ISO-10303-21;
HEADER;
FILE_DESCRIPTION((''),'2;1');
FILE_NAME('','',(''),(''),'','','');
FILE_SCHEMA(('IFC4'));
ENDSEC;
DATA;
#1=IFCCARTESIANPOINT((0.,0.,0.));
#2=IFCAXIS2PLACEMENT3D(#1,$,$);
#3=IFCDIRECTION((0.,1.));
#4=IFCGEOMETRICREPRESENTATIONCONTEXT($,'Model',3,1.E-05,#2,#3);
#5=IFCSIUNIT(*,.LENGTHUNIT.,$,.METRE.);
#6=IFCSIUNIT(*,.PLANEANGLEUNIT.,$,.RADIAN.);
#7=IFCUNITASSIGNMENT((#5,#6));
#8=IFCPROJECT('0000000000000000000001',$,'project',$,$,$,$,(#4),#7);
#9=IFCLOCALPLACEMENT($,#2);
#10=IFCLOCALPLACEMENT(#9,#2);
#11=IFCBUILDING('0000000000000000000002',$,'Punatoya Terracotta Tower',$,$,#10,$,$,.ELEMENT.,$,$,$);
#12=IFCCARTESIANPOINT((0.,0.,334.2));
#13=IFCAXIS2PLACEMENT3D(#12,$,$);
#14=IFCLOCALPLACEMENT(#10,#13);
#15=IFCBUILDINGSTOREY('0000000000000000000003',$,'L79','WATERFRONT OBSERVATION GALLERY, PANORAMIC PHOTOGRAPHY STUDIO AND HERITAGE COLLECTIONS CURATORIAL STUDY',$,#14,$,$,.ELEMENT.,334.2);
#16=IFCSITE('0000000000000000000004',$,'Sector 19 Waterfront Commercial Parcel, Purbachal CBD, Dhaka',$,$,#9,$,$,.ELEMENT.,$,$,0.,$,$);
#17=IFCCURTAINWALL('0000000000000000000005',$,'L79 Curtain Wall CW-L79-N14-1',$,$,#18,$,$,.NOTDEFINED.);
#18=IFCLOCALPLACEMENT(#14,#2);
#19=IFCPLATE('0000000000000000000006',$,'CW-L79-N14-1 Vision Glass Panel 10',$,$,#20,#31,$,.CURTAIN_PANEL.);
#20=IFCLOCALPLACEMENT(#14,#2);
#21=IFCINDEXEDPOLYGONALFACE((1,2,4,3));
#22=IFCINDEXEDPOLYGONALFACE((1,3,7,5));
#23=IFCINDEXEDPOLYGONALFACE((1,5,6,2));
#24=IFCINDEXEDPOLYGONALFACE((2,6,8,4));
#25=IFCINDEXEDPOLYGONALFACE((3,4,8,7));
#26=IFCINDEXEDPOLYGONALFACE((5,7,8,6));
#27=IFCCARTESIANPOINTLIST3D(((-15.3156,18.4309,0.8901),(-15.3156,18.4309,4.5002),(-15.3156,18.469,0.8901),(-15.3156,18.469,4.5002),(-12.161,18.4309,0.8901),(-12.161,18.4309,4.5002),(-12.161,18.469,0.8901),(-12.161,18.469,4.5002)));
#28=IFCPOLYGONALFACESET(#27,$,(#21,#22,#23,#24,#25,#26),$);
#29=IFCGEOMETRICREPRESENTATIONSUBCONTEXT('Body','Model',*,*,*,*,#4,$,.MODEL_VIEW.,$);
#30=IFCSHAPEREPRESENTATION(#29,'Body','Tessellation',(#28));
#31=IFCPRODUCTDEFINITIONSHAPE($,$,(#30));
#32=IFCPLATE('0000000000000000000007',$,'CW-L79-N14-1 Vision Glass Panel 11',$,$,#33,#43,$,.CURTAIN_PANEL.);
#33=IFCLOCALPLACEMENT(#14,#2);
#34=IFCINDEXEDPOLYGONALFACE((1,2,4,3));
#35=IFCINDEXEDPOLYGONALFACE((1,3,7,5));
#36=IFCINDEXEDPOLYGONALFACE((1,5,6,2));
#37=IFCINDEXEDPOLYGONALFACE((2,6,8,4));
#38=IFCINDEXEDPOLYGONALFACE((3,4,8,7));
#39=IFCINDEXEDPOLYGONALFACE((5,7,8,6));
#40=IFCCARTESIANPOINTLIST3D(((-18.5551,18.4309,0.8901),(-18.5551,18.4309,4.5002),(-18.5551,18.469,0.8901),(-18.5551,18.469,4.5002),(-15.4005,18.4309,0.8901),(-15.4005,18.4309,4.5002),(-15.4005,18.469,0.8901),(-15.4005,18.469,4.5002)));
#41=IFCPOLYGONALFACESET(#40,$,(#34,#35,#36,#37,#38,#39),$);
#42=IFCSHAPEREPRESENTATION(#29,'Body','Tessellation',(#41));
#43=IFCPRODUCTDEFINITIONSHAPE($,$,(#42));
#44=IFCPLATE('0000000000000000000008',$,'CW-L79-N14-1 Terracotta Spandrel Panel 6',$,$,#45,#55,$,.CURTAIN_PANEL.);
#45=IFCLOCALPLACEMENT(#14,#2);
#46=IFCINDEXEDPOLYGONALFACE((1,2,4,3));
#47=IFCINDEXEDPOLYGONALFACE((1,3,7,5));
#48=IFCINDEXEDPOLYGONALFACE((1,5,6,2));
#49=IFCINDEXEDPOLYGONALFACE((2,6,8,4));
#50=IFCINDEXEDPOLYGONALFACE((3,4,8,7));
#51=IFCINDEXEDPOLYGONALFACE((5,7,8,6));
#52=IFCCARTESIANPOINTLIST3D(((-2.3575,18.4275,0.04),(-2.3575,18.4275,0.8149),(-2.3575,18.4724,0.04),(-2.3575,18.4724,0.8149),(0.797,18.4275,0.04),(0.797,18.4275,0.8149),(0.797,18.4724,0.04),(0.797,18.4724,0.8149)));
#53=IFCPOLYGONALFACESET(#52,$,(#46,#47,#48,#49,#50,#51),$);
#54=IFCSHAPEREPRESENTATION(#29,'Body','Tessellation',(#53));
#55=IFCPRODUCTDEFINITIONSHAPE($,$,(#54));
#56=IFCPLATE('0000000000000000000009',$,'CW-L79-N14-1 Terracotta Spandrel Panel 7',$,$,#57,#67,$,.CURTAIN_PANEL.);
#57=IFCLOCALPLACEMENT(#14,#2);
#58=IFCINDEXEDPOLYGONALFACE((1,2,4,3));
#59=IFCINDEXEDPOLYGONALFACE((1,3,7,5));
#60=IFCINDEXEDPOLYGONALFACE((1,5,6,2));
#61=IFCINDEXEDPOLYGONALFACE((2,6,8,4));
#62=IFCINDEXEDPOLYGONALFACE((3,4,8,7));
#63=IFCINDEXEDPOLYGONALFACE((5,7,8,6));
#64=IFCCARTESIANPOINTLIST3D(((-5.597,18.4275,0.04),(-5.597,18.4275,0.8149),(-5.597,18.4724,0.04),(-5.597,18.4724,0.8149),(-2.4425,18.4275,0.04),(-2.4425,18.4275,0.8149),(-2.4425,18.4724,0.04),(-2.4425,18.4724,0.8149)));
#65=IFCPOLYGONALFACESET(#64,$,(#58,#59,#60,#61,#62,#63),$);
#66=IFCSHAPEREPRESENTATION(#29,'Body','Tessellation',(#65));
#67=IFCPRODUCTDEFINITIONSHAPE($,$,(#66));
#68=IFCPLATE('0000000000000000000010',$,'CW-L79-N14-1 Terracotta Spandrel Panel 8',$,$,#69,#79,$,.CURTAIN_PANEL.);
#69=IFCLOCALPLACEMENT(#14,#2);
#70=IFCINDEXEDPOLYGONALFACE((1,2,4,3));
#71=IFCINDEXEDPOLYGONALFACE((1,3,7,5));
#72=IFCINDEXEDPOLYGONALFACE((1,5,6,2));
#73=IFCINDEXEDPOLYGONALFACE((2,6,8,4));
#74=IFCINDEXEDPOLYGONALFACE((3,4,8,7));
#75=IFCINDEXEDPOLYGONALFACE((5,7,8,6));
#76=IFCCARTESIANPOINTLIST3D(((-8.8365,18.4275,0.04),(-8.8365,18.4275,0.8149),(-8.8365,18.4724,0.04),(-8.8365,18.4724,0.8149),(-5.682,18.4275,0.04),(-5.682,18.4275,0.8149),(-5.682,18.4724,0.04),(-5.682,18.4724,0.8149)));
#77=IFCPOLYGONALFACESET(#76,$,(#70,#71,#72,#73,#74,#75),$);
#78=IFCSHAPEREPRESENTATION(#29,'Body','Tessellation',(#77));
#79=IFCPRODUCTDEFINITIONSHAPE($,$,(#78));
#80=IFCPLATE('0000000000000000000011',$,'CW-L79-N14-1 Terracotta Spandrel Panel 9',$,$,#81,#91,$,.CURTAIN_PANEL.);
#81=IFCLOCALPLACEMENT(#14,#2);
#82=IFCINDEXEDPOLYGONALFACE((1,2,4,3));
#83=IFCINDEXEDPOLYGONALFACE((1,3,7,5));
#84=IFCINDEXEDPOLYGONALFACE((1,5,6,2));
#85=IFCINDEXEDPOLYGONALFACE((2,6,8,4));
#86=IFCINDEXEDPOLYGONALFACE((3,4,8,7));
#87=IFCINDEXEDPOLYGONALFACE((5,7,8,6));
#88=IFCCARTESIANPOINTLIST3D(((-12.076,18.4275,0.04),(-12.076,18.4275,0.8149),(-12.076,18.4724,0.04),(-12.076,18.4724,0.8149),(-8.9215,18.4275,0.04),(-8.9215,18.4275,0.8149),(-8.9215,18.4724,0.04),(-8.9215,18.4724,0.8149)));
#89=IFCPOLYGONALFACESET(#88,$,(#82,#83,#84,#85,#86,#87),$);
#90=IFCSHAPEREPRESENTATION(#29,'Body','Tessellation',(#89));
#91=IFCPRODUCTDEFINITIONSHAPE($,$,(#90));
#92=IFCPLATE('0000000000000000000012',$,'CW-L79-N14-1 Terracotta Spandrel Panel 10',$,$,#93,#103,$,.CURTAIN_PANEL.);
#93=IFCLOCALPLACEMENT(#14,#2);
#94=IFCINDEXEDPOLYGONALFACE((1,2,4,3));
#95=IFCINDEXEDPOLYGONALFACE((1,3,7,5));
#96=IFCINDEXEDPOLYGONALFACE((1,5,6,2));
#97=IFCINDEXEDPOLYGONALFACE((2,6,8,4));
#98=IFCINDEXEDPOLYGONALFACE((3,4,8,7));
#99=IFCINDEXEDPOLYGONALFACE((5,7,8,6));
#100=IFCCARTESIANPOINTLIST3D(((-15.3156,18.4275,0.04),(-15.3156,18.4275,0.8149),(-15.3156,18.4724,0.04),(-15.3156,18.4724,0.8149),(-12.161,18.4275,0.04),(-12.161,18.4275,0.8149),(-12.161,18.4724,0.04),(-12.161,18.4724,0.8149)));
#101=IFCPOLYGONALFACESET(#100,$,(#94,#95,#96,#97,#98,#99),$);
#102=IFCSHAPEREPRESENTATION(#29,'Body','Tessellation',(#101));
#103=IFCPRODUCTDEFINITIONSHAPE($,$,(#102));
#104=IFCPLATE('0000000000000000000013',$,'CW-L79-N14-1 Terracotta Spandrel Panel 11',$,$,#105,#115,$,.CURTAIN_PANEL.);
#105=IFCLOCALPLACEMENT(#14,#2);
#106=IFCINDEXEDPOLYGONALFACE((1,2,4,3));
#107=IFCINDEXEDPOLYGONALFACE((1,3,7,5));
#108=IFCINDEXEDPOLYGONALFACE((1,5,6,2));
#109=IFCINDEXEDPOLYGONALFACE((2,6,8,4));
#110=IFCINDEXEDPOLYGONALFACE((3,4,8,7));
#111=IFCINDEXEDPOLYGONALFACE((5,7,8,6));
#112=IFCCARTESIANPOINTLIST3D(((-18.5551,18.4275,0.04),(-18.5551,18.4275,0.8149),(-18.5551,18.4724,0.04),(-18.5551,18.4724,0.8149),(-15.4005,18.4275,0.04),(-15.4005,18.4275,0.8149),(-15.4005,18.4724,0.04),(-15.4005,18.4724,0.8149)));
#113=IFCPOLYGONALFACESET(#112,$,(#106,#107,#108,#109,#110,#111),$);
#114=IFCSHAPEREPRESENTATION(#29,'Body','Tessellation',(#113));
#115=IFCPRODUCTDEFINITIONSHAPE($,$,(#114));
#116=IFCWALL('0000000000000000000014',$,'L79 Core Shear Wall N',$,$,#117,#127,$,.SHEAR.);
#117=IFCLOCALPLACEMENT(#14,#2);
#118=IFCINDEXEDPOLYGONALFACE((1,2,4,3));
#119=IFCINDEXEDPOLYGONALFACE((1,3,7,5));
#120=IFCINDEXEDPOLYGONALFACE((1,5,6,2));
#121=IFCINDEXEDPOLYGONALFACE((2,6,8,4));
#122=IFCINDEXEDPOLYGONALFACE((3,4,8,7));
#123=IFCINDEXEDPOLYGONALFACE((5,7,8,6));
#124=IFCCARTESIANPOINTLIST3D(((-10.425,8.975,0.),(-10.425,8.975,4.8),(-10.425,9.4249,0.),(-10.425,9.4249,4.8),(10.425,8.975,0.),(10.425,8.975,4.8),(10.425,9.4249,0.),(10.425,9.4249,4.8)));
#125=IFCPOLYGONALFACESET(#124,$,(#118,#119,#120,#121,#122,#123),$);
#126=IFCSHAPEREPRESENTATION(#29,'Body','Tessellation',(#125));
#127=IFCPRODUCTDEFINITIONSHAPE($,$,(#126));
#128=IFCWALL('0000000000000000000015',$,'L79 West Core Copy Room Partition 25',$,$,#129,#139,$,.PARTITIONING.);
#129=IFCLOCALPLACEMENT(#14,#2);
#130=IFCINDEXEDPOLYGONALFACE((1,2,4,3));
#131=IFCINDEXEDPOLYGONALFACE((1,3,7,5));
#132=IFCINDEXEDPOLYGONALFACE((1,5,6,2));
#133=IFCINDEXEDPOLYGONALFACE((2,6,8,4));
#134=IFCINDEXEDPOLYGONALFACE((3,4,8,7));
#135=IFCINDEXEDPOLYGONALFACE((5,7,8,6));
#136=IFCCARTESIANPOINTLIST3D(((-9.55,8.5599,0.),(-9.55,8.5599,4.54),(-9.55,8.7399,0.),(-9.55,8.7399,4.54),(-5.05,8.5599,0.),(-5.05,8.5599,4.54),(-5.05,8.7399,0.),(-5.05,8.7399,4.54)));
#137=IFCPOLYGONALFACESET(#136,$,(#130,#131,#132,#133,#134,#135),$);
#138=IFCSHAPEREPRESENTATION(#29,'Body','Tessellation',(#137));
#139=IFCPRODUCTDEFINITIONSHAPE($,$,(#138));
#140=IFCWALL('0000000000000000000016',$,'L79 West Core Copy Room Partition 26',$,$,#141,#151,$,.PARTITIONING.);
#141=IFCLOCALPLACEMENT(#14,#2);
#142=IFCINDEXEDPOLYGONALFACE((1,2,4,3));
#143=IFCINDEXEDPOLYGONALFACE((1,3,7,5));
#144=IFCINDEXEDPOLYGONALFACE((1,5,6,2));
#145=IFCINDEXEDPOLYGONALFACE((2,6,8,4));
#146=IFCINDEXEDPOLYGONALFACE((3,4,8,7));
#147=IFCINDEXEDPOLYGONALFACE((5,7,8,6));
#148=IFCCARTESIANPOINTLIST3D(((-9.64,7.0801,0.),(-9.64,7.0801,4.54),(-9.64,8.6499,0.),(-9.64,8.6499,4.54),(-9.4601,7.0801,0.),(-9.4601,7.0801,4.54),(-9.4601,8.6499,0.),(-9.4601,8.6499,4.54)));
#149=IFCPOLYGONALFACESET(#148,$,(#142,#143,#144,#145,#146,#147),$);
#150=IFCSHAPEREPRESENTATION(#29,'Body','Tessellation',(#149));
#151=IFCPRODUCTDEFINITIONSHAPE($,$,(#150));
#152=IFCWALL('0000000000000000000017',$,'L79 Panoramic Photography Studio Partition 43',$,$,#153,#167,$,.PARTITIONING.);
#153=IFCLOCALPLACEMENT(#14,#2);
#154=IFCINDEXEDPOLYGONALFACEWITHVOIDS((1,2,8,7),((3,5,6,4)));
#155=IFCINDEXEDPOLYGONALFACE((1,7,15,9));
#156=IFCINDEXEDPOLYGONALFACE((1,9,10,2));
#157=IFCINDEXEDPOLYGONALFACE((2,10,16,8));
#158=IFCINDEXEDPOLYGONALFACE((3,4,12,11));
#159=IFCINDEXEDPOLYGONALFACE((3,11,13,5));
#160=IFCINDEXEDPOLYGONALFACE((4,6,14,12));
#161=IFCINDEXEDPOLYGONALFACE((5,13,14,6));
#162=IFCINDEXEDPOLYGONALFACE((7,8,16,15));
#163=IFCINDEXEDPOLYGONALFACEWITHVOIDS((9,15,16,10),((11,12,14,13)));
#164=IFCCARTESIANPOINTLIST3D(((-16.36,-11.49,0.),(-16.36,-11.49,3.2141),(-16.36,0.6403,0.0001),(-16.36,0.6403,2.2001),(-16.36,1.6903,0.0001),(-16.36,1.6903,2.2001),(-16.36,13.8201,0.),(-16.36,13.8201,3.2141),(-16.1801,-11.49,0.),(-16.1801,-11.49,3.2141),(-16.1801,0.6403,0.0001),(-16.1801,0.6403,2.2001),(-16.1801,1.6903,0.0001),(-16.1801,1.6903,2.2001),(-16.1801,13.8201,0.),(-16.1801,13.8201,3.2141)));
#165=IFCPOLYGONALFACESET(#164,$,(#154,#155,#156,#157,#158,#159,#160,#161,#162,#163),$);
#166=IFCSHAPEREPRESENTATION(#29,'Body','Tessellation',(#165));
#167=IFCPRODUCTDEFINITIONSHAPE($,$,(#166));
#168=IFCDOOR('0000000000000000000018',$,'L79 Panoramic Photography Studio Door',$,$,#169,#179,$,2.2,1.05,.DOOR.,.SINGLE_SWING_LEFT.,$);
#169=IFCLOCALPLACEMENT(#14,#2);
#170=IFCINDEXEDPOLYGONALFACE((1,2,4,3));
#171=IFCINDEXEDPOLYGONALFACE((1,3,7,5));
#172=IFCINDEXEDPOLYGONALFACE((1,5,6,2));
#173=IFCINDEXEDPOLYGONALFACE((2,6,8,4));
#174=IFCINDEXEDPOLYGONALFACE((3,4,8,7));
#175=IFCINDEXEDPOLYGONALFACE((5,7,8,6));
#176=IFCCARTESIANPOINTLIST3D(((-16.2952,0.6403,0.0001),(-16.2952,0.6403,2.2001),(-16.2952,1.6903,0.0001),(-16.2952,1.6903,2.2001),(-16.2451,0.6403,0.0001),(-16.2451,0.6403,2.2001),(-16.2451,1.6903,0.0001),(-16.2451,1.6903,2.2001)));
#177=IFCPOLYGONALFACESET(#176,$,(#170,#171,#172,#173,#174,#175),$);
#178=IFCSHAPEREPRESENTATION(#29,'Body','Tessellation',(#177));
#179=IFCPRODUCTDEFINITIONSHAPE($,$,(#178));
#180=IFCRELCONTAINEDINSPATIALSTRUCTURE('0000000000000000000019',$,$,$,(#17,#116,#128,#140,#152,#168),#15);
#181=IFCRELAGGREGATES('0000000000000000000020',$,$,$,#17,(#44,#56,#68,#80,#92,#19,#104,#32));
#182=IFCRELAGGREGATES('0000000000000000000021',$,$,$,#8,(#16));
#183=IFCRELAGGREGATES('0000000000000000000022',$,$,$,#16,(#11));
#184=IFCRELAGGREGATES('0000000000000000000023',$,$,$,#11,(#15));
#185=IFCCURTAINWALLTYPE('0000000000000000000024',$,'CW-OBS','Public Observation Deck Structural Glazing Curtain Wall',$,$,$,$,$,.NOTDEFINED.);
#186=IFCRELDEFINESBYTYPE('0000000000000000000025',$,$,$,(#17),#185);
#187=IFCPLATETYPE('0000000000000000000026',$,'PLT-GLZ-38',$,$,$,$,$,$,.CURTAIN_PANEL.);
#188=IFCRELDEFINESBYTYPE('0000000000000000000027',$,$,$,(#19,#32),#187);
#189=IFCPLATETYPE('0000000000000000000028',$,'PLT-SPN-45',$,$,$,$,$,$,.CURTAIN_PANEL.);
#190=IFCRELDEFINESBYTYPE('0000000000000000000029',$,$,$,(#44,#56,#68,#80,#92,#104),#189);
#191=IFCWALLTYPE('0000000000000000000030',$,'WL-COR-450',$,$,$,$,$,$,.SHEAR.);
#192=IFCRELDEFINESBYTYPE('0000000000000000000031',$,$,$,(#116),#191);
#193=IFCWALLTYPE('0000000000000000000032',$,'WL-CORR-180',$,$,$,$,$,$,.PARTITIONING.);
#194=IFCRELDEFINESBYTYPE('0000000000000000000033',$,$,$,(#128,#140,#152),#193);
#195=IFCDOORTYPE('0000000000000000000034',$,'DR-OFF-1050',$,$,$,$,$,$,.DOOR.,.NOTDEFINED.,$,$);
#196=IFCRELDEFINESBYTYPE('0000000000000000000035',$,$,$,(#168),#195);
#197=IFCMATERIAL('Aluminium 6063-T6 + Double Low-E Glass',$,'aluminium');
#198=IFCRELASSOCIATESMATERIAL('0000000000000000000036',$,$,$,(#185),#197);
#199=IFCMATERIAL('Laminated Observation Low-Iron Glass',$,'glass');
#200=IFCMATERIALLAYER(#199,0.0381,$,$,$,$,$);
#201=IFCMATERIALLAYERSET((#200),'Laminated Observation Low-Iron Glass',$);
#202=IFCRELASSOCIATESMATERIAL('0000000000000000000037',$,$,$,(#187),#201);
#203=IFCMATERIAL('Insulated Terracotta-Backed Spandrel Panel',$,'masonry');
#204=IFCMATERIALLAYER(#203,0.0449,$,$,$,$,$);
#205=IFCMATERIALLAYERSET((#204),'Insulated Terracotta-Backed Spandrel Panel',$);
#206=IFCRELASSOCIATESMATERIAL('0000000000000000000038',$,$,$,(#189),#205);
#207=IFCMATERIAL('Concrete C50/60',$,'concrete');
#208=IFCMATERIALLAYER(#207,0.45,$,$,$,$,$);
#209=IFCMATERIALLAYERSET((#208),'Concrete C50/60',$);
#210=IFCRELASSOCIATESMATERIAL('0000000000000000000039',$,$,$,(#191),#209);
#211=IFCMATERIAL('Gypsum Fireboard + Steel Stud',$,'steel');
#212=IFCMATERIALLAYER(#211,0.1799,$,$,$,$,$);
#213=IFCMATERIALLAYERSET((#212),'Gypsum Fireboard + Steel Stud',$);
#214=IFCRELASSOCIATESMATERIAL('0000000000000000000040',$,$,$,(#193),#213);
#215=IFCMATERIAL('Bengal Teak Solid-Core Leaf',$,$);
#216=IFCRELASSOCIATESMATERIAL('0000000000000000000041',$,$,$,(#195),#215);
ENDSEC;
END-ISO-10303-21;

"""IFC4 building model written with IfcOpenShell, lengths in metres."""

from ifc_helpers import new_model, si_unit, direction, frame, frame_2d, origin, origin_2d, place, context, subcontext, project, spatial, rectangle, extrude, material, layer, layer_set, type_object, element, fill, aggregate, save


model = new_model("IFC4")

# Units and contexts
model_context = context("Model", 3, precision=1e-05, world=origin(), true_north=direction((0.0, 1.0)))
body_context = subcontext(model_context, "Body", "Model", "MODEL_VIEW")
ifc_project = project(units=[si_unit("LENGTHUNIT", "METRE"), si_unit("PLANEANGLEUNIT", "RADIAN")], contexts=[model_context])

# Site, building, storey
site_placement = place(None, origin())
site = spatial("IfcSite", under=ifc_project, at=site_placement, Name="Sector 19 Waterfront Commercial Parcel, Purbachal CBD, Dhaka", CompositionType="ELEMENT", RefElevation=0.0)
building_placement = place(site_placement, origin())
building = spatial("IfcBuilding", under=site, at=building_placement, Name="Punatoya Terracotta Tower", CompositionType="ELEMENT")
storey_placement = place(building_placement, frame((0.0, 0.0, 334.2)))
storey = spatial("IfcBuildingStorey", under=building, at=storey_placement, Name="L79", Description="WATERFRONT OBSERVATION GALLERY, PANORAMIC PHOTOGRAPHY STUDIO AND HERITAGE COLLECTIONS CURATORIAL STUDY", CompositionType="ELEMENT", Elevation=334.2)

# Curtain wall, plates
ifc_material_1 = material(Name="Aluminium 6063-T6 + Double Low-E Glass", Category="aluminium")
curtain_wall_type = type_object("IfcCurtainWallType", Name="CW-OBS", Description="Public Observation Deck Structural Glazing Curtain Wall", PredefinedType="NOTDEFINED", material=ifc_material_1)
curtain_wall_placement = place(storey_placement, origin())
curtain_wall = element("IfcCurtainWall", 1, at=curtain_wall_placement, inside=storey, type_object=curtain_wall_type, Name="L79 Curtain Wall CW-L79-N14-1", PredefinedType="NOTDEFINED")
ifc_material_2 = material(Name="Laminated Observation Low-Iron Glass", Category="glass")
ifc_layer_1 = layer(ifc_material_2, 0.0381)
ifc_layer_set_1 = layer_set([ifc_layer_1], Name="Laminated Observation Low-Iron Glass")
plate_type_1 = type_object("IfcPlateType", Name="PLT-GLZ-38", PredefinedType="CURTAIN_PANEL", material=ifc_layer_set_1)
plate_1_placement = place(storey_placement, frame((-13.7383, 18.45, 0.8901), z_axis=(0.0, 0.0, 1.0), x_axis=(-1.0, 0.0, 0.0)))
plate_1 = element("IfcPlate", 2, at=plate_1_placement, type_object=plate_type_1, Name="CW-L79-N14-1 Vision Glass Panel 10", PredefinedType="CURTAIN_PANEL", context=body_context, shape_type="SweptSolid", body=[
    extrude(rectangle(XDim=3.1545, YDim=0.0381, at=origin_2d()), origin(), (0.0, 0.0, 1.0), 3.6101),
])
plate_2_placement = place(storey_placement, frame((-16.9778, 18.45, 0.8901), z_axis=(0.0, 0.0, 1.0), x_axis=(-1.0, 0.0, 0.0)))
plate_2 = element("IfcPlate", 3, at=plate_2_placement, type_object=plate_type_1, Name="CW-L79-N14-1 Vision Glass Panel 11", PredefinedType="CURTAIN_PANEL", context=body_context, shape_type="SweptSolid", body=[
    extrude(rectangle(XDim=3.1545, YDim=0.0381, at=origin_2d()), origin(), (0.0, 0.0, 1.0), 3.6101),
])
ifc_material_3 = material(Name="Insulated Terracotta-Backed Spandrel Panel", Category="masonry")
ifc_layer_2 = layer(ifc_material_3, 0.0449)
ifc_layer_set_2 = layer_set([ifc_layer_2], Name="Insulated Terracotta-Backed Spandrel Panel")
plate_type_2 = type_object("IfcPlateType", Name="PLT-SPN-45", PredefinedType="CURTAIN_PANEL", material=ifc_layer_set_2)
plate_3_placement = place(storey_placement, frame((-0.7803, 18.45, 0.04), z_axis=(0.0, 0.0, 1.0), x_axis=(-1.0, 0.0, 0.0)))
plate_3 = element("IfcPlate", 4, at=plate_3_placement, type_object=plate_type_2, Name="CW-L79-N14-1 Terracotta Spandrel Panel 6", PredefinedType="CURTAIN_PANEL", context=body_context, shape_type="SweptSolid", body=[
    extrude(rectangle(XDim=3.1545, YDim=0.0449, at=origin_2d()), origin(), (0.0, 0.0, 1.0), 0.7749),
])
plate_4_placement = place(storey_placement, frame((-4.0198, 18.45, 0.04), z_axis=(0.0, 0.0, 1.0), x_axis=(-1.0, 0.0, 0.0)))
plate_4 = element("IfcPlate", 5, at=plate_4_placement, type_object=plate_type_2, Name="CW-L79-N14-1 Terracotta Spandrel Panel 7", PredefinedType="CURTAIN_PANEL", context=body_context, shape_type="SweptSolid", body=[
    extrude(rectangle(XDim=3.1545, YDim=0.0449, at=origin_2d()), origin(), (0.0, 0.0, 1.0), 0.7749),
])
plate_5_placement = place(storey_placement, frame((-7.2593, 18.45, 0.04), z_axis=(0.0, 0.0, 1.0), x_axis=(-1.0, 0.0, 0.0)))
plate_5 = element("IfcPlate", 6, at=plate_5_placement, type_object=plate_type_2, Name="CW-L79-N14-1 Terracotta Spandrel Panel 8", PredefinedType="CURTAIN_PANEL", context=body_context, shape_type="SweptSolid", body=[
    extrude(rectangle(XDim=3.1545, YDim=0.0449, at=origin_2d()), origin(), (0.0, 0.0, 1.0), 0.7749),
])
plate_6_placement = place(storey_placement, frame((-10.4988, 18.45, 0.04), z_axis=(0.0, 0.0, 1.0), x_axis=(-1.0, 0.0, 0.0)))
plate_6 = element("IfcPlate", 7, at=plate_6_placement, type_object=plate_type_2, Name="CW-L79-N14-1 Terracotta Spandrel Panel 9", PredefinedType="CURTAIN_PANEL", context=body_context, shape_type="SweptSolid", body=[
    extrude(rectangle(XDim=3.1545, YDim=0.0449, at=origin_2d()), origin(), (0.0, 0.0, 1.0), 0.7749),
])
plate_7_placement = place(storey_placement, frame((-13.7383, 18.45, 0.04), z_axis=(0.0, 0.0, 1.0), x_axis=(-1.0, 0.0, 0.0)))
plate_7 = element("IfcPlate", 8, at=plate_7_placement, type_object=plate_type_2, Name="CW-L79-N14-1 Terracotta Spandrel Panel 10", PredefinedType="CURTAIN_PANEL", context=body_context, shape_type="SweptSolid", body=[
    extrude(rectangle(XDim=3.1545, YDim=0.0449, at=origin_2d()), origin(), (0.0, 0.0, 1.0), 0.7749),
])
plate_8_placement = place(storey_placement, frame((-16.9778, 18.45, 0.04), z_axis=(0.0, 0.0, 1.0), x_axis=(-1.0, 0.0, 0.0)))
plate_8 = element("IfcPlate", 9, at=plate_8_placement, type_object=plate_type_2, Name="CW-L79-N14-1 Terracotta Spandrel Panel 11", PredefinedType="CURTAIN_PANEL", context=body_context, shape_type="SweptSolid", body=[
    extrude(rectangle(XDim=3.1545, YDim=0.0449, at=origin_2d()), origin(), (0.0, 0.0, 1.0), 0.7749),
])
aggregate(curtain_wall, [plate_3, plate_4, plate_5, plate_6, plate_7, plate_1, plate_8, plate_2])

# Walls
ifc_material_4 = material(Name="Concrete C50/60", Category="concrete")
ifc_layer_3 = layer(ifc_material_4, 0.45)
ifc_layer_set_3 = layer_set([ifc_layer_3], Name="Concrete C50/60")
wall_type_1 = type_object("IfcWallType", Name="WL-COR-450", PredefinedType="SHEAR", material=ifc_layer_set_3)
wall_1_placement = place(storey_placement, frame((-10.425, 9.2, 0.0), z_axis=(0.0, 0.0, 1.0), x_axis=(1.0, 0.0, 0.0)))
element("IfcWall", 10, at=wall_1_placement, inside=storey, type_object=wall_type_1, Name="L79 Core Shear Wall N", PredefinedType="SHEAR", context=body_context, shape_type="SweptSolid", body=[
    extrude(rectangle(XDim=20.8501, YDim=0.45, at=frame_2d((10.425, 0.0))), origin(), (0.0, 0.0, 1.0), 4.8),
])
ifc_material_5 = material(Name="Gypsum Fireboard + Steel Stud", Category="steel")
ifc_layer_4 = layer(ifc_material_5, 0.1799)
ifc_layer_set_4 = layer_set([ifc_layer_4], Name="Gypsum Fireboard + Steel Stud")
wall_type_2 = type_object("IfcWallType", Name="WL-CORR-180", PredefinedType="PARTITIONING", material=ifc_layer_set_4)
wall_2_placement = place(storey_placement, frame((-5.05, 8.6499, 0.0), z_axis=(0.0, 0.0, 1.0), x_axis=(-1.0, 0.0, 0.0)))
element("IfcWall", 11, at=wall_2_placement, inside=storey, type_object=wall_type_2, Name="L79 West Core Copy Room Partition 25", PredefinedType="PARTITIONING", context=body_context, shape_type="SweptSolid", body=[
    extrude(rectangle(XDim=4.5, YDim=0.1799, at=frame_2d((2.25, 0.0))), origin(), (0.0, 0.0, 1.0), 4.54),
])
wall_3_placement = place(storey_placement, frame((-9.55, 8.6499, 0.0), z_axis=(0.0, 0.0, 1.0), x_axis=(0.0, -1.0, 0.0)))
element("IfcWall", 12, at=wall_3_placement, inside=storey, type_object=wall_type_2, Name="L79 West Core Copy Room Partition 26", PredefinedType="PARTITIONING", context=body_context, shape_type="SweptSolid", body=[
    extrude(rectangle(XDim=1.5698, YDim=0.1799, at=frame_2d((0.7849, 0.0))), origin(), (0.0, 0.0, 1.0), 4.54),
])

# Wall, opening, door
wall_4_placement = place(storey_placement, frame((-16.27, 13.8201, 0.0), z_axis=(0.0, 0.0, 1.0), x_axis=(0.0, -1.0, 0.0)))
wall_4 = element("IfcWall", 13, at=wall_4_placement, inside=storey, type_object=wall_type_2, Name="L79 Panoramic Photography Studio Partition 43", PredefinedType="PARTITIONING", context=body_context, shape_type="SweptSolid", body=[
    extrude(rectangle(XDim=25.3101, YDim=0.1799, at=frame_2d((12.655, 0.0))), origin(), (0.0, 0.0, 1.0), 3.2141),
])
opening_1_placement = place(wall_4_placement, frame((12.1299, 0.0, 0.0)))
opening_1 = element("IfcOpeningElement", 14, at=opening_1_placement, cuts=wall_4, PredefinedType="OPENING", context=body_context, shape_type="SweptSolid", body=[
    extrude(rectangle(XDim=1.05, YDim=2.2, at=frame_2d((0.5249, 1.1001))), frame((0.0, 0.0999, 0.0), z_axis=(0.0, -1.0, 0.0), x_axis=(1.0, 0.0, 0.0)), (0.0, 0.0, 1.0), 0.2),
])
ifc_material_6 = material(Name="Bengal Teak Solid-Core Leaf")
door_type = type_object("IfcDoorType", Name="DR-OFF-1050", OperationType="NOTDEFINED", PredefinedType="DOOR", material=ifc_material_6)
door_1_placement = place(opening_1_placement, origin())
door_1 = element("IfcDoor", 15, at=door_1_placement, inside=storey, type_object=door_type, Name="L79 Panoramic Photography Studio Door", OperationType="SINGLE_SWING_LEFT", OverallHeight=2.2, OverallWidth=1.05, PredefinedType="DOOR", context=body_context, shape_type="SweptSolid", body=[
    extrude(rectangle(XDim=1.05, YDim=2.2, at=frame_2d((0.5249, 1.1001))), frame((0.0, 0.0249, 0.0), z_axis=(0.0, -1.0, 0.0), x_axis=(1.0, 0.0, 0.0)), (0.0, 0.0, 1.0), 0.05),
])
fill(opening_1, door_1)

save(model, "model.ifc")
